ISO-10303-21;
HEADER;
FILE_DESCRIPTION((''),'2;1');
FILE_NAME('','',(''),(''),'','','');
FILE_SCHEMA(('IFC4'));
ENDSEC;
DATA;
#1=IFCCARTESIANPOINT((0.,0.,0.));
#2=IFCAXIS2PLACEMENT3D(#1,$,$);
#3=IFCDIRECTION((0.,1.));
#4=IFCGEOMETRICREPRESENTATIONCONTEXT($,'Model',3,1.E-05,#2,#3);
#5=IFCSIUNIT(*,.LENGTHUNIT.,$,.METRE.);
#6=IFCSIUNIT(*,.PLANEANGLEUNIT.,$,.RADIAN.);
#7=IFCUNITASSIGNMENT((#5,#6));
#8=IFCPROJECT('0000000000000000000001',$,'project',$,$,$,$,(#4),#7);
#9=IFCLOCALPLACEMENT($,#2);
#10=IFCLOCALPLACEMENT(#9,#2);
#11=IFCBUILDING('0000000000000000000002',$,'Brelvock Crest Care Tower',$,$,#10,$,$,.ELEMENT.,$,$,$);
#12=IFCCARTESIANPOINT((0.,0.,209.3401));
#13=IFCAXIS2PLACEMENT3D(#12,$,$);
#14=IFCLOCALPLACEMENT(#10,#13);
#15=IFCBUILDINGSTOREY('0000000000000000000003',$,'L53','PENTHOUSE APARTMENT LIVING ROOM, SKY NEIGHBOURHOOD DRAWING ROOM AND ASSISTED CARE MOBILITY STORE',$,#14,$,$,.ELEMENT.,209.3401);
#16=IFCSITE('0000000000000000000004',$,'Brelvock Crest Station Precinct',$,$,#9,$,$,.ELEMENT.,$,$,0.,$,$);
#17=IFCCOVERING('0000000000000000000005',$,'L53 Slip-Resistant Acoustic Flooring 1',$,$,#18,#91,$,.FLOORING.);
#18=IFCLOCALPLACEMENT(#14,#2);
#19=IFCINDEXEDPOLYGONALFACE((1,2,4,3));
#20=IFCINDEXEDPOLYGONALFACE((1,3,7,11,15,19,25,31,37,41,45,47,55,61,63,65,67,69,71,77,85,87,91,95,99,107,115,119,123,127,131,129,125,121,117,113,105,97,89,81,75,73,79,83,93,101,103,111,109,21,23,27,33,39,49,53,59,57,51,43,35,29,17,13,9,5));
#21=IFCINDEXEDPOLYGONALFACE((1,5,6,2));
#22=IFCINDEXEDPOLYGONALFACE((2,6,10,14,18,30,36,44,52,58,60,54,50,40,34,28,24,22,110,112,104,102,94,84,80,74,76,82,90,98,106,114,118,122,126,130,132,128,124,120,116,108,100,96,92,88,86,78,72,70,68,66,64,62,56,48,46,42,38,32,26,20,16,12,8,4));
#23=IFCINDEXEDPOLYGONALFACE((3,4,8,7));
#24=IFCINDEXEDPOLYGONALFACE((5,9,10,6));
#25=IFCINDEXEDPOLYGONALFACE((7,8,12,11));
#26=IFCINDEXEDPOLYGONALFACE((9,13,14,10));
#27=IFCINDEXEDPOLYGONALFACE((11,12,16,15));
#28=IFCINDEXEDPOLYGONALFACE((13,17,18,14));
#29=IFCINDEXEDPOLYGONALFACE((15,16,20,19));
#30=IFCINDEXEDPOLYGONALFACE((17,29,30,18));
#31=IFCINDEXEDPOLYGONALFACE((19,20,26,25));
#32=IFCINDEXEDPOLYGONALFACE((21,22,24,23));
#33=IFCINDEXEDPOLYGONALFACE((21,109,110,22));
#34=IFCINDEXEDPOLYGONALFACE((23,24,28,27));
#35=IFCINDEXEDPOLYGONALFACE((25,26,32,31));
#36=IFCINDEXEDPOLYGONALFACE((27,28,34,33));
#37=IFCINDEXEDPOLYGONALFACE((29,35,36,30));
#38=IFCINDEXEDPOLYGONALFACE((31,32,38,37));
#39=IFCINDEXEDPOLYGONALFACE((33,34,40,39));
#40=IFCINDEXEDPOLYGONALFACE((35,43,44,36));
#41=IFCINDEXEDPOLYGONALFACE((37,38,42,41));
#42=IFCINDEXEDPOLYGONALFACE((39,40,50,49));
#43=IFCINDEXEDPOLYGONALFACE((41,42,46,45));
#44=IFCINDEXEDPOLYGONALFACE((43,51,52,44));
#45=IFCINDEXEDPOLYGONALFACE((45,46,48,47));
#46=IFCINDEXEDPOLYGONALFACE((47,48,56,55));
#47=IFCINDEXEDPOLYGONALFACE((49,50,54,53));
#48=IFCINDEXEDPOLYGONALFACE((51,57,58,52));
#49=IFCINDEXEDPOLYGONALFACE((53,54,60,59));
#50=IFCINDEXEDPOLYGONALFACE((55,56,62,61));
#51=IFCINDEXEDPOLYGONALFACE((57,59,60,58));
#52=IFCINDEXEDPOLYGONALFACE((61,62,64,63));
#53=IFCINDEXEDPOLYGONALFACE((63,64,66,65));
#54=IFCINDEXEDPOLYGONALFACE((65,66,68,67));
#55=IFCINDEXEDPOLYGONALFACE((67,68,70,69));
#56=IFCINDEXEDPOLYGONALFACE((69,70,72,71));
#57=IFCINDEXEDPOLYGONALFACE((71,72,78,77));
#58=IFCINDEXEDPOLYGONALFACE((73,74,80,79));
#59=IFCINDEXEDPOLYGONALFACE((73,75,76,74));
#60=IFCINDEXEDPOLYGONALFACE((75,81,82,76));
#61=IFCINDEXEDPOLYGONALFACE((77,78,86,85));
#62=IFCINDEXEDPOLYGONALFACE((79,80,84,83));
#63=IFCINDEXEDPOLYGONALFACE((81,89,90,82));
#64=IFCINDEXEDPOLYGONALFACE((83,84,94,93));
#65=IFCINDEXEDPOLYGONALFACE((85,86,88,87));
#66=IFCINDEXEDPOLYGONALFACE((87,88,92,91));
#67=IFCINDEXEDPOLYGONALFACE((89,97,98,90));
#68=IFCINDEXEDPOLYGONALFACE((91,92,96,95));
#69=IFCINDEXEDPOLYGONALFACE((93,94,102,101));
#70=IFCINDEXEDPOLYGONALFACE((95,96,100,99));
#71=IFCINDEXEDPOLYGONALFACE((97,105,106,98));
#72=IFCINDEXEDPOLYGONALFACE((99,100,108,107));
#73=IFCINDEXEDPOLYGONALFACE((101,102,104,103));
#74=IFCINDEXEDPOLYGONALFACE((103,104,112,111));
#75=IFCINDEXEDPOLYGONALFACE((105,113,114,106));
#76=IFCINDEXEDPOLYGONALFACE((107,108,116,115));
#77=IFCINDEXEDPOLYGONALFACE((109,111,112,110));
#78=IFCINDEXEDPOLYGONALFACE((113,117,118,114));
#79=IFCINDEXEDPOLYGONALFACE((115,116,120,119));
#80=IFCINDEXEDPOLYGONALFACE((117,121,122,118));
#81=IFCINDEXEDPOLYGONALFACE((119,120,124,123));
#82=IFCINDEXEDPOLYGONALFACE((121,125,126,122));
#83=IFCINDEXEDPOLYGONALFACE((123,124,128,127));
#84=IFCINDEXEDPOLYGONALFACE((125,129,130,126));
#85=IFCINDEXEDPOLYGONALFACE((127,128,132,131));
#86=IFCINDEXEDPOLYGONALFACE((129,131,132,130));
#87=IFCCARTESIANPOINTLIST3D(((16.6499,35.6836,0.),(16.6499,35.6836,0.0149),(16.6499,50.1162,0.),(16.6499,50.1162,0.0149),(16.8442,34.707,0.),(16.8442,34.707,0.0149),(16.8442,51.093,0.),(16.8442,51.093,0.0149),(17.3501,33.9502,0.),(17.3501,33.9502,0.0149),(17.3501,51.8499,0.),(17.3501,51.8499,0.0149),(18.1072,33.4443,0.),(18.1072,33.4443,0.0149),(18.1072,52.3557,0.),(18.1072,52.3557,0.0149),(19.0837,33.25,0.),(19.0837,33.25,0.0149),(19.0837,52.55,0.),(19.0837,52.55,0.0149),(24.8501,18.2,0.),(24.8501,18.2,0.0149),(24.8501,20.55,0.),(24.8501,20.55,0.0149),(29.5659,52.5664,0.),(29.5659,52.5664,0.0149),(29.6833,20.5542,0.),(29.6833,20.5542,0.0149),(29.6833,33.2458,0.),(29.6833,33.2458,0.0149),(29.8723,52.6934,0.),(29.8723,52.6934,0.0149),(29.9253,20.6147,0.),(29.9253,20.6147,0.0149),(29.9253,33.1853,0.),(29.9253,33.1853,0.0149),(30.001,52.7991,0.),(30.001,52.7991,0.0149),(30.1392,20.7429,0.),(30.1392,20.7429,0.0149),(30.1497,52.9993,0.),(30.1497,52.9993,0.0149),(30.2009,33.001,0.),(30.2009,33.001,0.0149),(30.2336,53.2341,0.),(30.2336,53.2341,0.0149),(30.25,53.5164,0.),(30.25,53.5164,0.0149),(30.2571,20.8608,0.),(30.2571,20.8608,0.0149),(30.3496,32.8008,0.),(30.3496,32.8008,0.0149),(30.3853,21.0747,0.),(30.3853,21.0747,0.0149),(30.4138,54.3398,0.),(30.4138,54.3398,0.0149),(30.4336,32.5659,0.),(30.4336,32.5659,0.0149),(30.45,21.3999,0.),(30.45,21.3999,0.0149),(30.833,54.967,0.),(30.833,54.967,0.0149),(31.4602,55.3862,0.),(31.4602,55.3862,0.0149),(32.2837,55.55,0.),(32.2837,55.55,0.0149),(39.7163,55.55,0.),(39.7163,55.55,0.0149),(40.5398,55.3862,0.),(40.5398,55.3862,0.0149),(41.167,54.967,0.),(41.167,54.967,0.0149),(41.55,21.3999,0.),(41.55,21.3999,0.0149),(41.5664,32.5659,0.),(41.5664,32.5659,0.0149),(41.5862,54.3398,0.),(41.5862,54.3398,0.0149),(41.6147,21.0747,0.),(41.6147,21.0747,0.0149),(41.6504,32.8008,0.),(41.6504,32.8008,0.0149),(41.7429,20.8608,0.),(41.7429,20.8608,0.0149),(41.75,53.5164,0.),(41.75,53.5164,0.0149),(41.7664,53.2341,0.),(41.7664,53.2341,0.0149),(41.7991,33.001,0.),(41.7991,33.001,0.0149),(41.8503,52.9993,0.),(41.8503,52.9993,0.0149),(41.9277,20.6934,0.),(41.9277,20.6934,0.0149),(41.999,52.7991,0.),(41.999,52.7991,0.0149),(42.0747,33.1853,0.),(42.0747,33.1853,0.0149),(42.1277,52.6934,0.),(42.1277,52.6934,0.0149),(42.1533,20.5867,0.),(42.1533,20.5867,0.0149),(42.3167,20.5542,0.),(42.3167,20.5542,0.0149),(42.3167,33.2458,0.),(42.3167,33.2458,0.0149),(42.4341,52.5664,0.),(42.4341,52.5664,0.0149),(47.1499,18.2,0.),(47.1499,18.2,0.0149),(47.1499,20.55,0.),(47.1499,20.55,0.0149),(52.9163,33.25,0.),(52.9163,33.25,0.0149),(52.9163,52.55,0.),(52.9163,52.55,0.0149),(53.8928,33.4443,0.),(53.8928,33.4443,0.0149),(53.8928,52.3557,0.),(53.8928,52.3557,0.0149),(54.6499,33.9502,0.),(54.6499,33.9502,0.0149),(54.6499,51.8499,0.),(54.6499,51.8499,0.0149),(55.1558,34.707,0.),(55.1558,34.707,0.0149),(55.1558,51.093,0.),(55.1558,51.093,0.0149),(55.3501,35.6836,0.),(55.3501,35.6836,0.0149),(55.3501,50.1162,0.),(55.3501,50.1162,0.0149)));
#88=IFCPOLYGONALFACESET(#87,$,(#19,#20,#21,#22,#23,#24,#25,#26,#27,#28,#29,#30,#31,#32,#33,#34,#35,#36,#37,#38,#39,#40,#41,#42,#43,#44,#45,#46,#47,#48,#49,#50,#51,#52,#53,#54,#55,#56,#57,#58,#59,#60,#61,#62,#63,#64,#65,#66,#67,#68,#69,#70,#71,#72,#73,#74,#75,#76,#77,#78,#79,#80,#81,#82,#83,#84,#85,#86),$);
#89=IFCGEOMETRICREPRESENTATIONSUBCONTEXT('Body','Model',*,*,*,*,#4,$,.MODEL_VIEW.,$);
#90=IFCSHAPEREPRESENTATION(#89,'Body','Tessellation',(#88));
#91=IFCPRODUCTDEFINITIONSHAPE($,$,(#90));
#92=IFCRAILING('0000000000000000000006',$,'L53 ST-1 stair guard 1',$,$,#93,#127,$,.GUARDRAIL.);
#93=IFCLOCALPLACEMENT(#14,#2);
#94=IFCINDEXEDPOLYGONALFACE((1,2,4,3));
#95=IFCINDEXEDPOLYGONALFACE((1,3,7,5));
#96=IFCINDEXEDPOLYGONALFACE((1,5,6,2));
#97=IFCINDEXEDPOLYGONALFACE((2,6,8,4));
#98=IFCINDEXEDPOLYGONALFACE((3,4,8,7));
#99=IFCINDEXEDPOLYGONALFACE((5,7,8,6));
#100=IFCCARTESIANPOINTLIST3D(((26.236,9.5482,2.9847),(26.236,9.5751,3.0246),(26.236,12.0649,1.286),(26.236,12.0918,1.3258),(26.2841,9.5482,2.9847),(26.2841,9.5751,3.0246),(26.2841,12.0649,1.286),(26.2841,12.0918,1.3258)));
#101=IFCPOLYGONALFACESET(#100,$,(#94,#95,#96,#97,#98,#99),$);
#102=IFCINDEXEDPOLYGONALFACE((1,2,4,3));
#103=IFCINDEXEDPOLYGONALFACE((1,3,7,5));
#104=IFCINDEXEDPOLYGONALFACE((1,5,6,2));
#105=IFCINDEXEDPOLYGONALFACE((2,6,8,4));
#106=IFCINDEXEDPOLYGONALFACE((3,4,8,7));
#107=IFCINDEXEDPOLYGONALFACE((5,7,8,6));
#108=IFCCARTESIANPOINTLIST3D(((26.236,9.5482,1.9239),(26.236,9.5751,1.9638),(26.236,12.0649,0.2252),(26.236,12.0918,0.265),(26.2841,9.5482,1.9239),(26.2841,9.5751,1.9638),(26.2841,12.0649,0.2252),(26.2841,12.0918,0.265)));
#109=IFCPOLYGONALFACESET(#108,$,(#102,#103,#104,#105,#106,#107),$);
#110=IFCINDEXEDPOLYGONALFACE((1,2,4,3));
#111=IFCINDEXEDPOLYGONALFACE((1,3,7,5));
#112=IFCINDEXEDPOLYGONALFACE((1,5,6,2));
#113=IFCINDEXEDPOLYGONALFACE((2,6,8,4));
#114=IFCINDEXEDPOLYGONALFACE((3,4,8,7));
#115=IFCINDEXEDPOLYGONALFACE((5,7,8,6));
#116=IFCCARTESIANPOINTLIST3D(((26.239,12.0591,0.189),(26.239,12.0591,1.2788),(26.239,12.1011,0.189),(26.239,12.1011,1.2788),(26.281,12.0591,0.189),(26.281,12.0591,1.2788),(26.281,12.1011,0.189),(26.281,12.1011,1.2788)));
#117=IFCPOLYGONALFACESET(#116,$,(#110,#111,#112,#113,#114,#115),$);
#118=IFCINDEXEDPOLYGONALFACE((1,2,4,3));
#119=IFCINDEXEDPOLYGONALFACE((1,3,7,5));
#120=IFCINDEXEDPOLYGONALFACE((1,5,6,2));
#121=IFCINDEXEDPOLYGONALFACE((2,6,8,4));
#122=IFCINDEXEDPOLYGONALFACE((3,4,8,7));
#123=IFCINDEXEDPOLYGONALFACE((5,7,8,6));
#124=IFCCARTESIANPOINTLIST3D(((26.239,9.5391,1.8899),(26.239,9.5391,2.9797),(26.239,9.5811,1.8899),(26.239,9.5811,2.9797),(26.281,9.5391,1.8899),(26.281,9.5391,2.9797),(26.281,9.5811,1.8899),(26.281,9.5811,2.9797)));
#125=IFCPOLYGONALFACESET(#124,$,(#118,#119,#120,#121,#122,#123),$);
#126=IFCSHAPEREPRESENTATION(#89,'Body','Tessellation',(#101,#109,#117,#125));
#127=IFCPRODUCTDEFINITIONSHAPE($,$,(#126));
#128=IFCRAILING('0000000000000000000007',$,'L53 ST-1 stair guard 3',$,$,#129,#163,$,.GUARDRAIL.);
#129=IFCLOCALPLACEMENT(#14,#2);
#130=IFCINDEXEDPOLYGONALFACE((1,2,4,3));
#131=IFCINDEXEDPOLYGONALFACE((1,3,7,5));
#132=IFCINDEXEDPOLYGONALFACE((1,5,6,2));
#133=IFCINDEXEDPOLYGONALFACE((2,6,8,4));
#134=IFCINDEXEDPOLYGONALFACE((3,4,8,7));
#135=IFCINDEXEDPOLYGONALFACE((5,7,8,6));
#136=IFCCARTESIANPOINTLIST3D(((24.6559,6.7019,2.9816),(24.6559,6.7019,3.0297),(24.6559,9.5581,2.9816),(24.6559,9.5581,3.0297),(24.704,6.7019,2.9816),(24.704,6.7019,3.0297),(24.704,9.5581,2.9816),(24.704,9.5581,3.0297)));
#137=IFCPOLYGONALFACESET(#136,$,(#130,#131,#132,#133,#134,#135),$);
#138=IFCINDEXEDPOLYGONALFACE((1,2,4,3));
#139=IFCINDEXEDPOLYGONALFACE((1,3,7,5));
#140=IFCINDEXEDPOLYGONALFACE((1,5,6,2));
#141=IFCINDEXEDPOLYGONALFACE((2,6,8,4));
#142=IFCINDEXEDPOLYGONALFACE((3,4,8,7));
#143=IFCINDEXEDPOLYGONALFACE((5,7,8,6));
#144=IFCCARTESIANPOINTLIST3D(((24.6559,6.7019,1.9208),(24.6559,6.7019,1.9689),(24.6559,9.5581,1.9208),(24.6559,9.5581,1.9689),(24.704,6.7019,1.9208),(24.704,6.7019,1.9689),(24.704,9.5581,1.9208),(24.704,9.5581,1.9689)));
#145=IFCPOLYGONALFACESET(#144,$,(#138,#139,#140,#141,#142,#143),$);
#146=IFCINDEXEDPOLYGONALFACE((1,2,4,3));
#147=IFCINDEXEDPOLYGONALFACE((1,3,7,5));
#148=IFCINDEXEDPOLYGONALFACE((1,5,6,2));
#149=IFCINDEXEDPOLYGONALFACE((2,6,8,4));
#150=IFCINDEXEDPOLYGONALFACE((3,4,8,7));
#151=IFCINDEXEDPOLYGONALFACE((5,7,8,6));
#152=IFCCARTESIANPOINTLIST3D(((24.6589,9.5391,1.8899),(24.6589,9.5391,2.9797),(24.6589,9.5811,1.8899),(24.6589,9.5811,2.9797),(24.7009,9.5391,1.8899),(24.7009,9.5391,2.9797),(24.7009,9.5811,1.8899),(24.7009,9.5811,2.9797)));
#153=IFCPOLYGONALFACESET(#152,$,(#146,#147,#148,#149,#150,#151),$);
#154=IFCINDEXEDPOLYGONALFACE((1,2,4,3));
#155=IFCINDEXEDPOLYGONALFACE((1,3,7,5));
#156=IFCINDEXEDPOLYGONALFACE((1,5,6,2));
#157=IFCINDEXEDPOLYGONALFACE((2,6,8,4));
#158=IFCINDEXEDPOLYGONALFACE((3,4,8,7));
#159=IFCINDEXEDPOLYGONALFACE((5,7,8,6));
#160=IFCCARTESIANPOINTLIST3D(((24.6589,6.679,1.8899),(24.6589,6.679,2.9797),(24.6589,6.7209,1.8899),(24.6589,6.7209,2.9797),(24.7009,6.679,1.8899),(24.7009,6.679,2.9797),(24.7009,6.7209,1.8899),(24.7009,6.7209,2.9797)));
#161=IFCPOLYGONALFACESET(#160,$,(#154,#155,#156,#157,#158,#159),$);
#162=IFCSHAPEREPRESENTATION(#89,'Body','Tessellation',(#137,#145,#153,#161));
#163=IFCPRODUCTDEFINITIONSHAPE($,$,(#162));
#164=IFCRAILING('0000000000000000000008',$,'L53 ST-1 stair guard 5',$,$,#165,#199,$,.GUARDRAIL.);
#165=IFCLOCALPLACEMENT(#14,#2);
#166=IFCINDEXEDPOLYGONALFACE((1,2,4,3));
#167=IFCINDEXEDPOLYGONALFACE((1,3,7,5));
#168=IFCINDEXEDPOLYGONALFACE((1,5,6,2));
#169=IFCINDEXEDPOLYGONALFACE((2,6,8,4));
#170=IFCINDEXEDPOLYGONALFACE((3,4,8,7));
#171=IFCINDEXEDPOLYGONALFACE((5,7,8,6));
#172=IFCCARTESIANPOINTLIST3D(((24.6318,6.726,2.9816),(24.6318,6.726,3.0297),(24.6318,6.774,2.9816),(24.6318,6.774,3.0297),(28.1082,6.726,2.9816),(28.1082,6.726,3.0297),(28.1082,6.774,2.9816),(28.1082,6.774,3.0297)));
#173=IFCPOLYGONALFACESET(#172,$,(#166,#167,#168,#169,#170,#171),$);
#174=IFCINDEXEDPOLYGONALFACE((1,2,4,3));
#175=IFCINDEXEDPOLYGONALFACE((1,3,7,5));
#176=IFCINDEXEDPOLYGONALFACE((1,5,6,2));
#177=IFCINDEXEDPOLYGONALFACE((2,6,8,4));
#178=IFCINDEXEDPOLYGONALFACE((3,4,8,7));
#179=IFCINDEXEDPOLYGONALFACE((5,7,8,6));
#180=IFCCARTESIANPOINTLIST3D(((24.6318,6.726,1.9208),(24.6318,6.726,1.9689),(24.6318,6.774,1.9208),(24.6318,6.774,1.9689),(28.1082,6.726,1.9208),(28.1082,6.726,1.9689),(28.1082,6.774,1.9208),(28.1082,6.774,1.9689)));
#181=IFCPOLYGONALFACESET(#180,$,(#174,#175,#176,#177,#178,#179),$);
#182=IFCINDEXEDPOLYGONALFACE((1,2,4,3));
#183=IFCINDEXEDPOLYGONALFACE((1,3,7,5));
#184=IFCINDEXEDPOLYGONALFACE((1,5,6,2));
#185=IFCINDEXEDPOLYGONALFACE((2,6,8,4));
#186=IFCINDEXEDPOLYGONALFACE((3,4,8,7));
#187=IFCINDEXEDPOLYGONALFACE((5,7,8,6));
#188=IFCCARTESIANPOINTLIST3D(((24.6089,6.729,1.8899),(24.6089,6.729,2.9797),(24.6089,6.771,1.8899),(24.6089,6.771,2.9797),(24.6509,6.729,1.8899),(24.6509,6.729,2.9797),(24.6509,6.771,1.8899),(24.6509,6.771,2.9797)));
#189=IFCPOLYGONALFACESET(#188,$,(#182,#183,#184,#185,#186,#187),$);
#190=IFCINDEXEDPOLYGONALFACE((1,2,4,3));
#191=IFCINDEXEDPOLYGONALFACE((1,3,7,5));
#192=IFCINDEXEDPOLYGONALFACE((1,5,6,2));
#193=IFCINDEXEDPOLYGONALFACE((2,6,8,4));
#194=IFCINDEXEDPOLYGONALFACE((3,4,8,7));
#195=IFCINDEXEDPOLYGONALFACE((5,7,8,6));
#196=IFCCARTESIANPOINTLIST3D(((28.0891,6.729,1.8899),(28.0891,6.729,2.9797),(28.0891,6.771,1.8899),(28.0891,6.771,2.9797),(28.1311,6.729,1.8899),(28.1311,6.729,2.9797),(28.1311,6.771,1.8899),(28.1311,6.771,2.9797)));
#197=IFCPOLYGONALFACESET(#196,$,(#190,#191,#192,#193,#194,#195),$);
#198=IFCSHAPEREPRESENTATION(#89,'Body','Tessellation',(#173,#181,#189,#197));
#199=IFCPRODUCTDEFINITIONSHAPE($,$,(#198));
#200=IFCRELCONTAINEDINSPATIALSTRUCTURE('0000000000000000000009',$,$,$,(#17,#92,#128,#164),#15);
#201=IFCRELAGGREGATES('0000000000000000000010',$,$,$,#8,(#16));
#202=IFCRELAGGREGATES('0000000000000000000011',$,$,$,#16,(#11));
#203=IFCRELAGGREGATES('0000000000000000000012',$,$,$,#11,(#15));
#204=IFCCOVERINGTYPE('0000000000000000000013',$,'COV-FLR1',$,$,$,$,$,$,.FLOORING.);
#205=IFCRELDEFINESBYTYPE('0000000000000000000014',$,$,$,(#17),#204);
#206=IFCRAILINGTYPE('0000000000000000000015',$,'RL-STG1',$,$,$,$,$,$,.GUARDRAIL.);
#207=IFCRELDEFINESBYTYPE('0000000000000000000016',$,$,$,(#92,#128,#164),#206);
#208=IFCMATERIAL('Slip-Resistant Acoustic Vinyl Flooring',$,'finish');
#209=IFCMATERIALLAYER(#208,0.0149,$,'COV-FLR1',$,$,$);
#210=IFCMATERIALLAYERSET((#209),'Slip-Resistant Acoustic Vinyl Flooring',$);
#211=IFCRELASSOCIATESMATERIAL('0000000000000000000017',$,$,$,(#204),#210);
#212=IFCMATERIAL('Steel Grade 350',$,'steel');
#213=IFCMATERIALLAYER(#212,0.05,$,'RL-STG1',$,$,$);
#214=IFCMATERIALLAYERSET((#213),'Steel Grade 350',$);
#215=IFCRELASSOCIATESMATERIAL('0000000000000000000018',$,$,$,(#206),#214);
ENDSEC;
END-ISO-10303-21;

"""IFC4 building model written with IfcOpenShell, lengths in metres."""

from ifc_helpers import new_model, si_unit, direction, frame, origin, origin_2d, place, context, subcontext, project, spatial, polyline, rectangle, outline, extrude, material, layer, layer_set, type_object, element, save


model = new_model("IFC4")

# Units and contexts
model_context = context("Model", 3, precision=1e-05, world=origin(), true_north=direction((0.0, 1.0)))
body_context = subcontext(model_context, "Body", "Model", "MODEL_VIEW")
ifc_project = project(units=[si_unit("LENGTHUNIT", "METRE"), si_unit("PLANEANGLEUNIT", "RADIAN")], contexts=[model_context])

# Site, building, storey
site_placement = place(None, origin())
site = spatial("IfcSite", under=ifc_project, at=site_placement, Name="Brelvock Crest Station Precinct", CompositionType="ELEMENT", RefElevation=0.0)
building_placement = place(site_placement, origin())
building = spatial("IfcBuilding", under=site, at=building_placement, Name="Brelvock Crest Care Tower", CompositionType="ELEMENT")
storey_placement = place(building_placement, frame((0.0, 0.0, 209.3401)))
storey = spatial("IfcBuildingStorey", under=building, at=storey_placement, Name="L53", Description="PENTHOUSE APARTMENT LIVING ROOM, SKY NEIGHBOURHOOD DRAWING ROOM AND ASSISTED CARE MOBILITY STORE", CompositionType="ELEMENT", Elevation=209.3401)

# Shared definitions
ifc_material_1 = material(Name="Steel Grade 350", Category="steel")

# Covering
ifc_material_2 = material(Name="Slip-Resistant Acoustic Vinyl Flooring", Category="finish")
ifc_layer_1 = layer(ifc_material_2, 0.0149, Name="COV-FLR1")
ifc_layer_set_1 = layer_set([ifc_layer_1], Name="Slip-Resistant Acoustic Vinyl Flooring")
covering_type_1 = type_object("IfcCoveringType", Name="COV-FLR1", PredefinedType="FLOORING", material=ifc_layer_set_1)
covering_1_placement = place(storey_placement, origin())
element("IfcCovering", 1, at=covering_1_placement, inside=storey, type_object=covering_type_1, Name="L53 Slip-Resistant Acoustic Flooring 1", PredefinedType="FLOORING", context=body_context, shape_type="SweptSolid", body=[
    extrude(outline(polyline([(24.8501, 18.2), (47.1499, 18.2), (47.1499, 20.55), (42.3167, 20.5542), (42.1533, 20.5867), (41.9277, 20.6934), (41.7429, 20.8608), (41.6147, 21.0747), (41.55, 21.3999), (41.5664, 32.5659), (41.6504, 32.8008), (41.7991, 33.001), (42.0747, 33.1853), (42.3167, 33.2458), (52.9163, 33.25), (53.8928, 33.4443), (54.6499, 33.9502), (55.1558, 34.707), (55.3501, 35.6836), (55.3501, 50.1162), (55.1558, 51.093), (54.6499, 51.8499), (53.8928, 52.3557), (52.9163, 52.55), (42.4341, 52.5664), (42.1277, 52.6934), (41.999, 52.7991), (41.8503, 52.9993), (41.7664, 53.2341), (41.75, 53.5164), (41.5862, 54.3398), (41.167, 54.967), (40.5398, 55.3862), (39.7163, 55.55), (32.2837, 55.55), (31.4602, 55.3862), (30.833, 54.967), (30.4138, 54.3398), (30.25, 53.5164), (30.2336, 53.2341), (30.1497, 52.9993), (30.001, 52.7991), (29.8723, 52.6934), (29.5659, 52.5664), (19.0837, 52.55), (18.1072, 52.3557), (17.3501, 51.8499), (16.8442, 51.093), (16.6499, 50.1162), (16.6499, 35.6836), (16.8442, 34.707), (17.3501, 33.9502), (18.1072, 33.4443), (19.0837, 33.25), (29.6833, 33.2458), (29.9253, 33.1853), (30.2009, 33.001), (30.3496, 32.8008), (30.4336, 32.5659), (30.45, 21.3999), (30.3853, 21.0747), (30.2571, 20.8608), (30.1392, 20.7429), (29.9253, 20.6147), (29.6833, 20.5542), (24.8501, 20.55), (24.8501, 18.2)])), origin(), (0.0, 0.0, 1.0), 0.0149),
])

# Railings
ifc_layer_2 = layer(ifc_material_1, 0.05, Name="RL-STG1")
ifc_layer_set_2 = layer_set([ifc_layer_2], Name="Steel Grade 350")
railing_type_1 = type_object("IfcRailingType", Name="RL-STG1", PredefinedType="GUARDRAIL", material=ifc_layer_set_2)
railing_1_placement = place(storey_placement, frame((26.26, 12.0801, 0.189)))
element("IfcRailing", 2, at=railing_1_placement, inside=storey, type_object=railing_type_1, Name="L53 ST-1 stair guard 1", PredefinedType="GUARDRAIL", context=body_context, shape_type="SweptSolid", body=[
    extrude(rectangle(XDim=0.0481, YDim=0.0481, at=origin_2d()), frame((0.0, -0.0017, 1.1169), z_axis=(0.0, -0.828862, 0.559454), x_axis=(1.0, 0.0, 0.0)), (0.0, 0.0, 1.0), 3.0364),
    extrude(rectangle(XDim=0.0481, YDim=0.0481, at=origin_2d()), frame((0.0, -0.0017, 0.0562), z_axis=(0.0, -0.828862, 0.559454), x_axis=(1.0, 0.0, 0.0)), (0.0, 0.0, 1.0), 3.0364),
    extrude(rectangle(XDim=0.042, YDim=0.042, at=origin_2d()), origin(), (0.0, 0.0, 1.0), 1.0898),
    extrude(rectangle(XDim=0.042, YDim=0.042, at=origin_2d()), frame((0.0, -2.52, 1.7009)), (0.0, 0.0, 1.0), 1.0898),
])
railing_2_placement = place(storey_placement, frame((24.6799, 9.5601, 1.8899)))
element("IfcRailing", 3, at=railing_2_placement, inside=storey, type_object=railing_type_1, Name="L53 ST-1 stair guard 3", PredefinedType="GUARDRAIL", context=body_context, shape_type="SweptSolid", body=[
    extrude(rectangle(XDim=0.0481, YDim=0.0481, at=origin_2d()), frame((0.0, -0.002, 1.1157), z_axis=(0.0, -1.0, 0.0), x_axis=(1.0, 0.0, 0.0)), (0.0, 0.0, 1.0), 2.8562),
    extrude(rectangle(XDim=0.0481, YDim=0.0481, at=origin_2d()), frame((0.0, -0.002, 0.0549), z_axis=(0.0, -1.0, 0.0), x_axis=(1.0, 0.0, 0.0)), (0.0, 0.0, 1.0), 2.8562),
    extrude(rectangle(XDim=0.042, YDim=0.042, at=origin_2d()), origin(), (0.0, 0.0, 1.0), 1.0898),
    extrude(rectangle(XDim=0.042, YDim=0.042, at=origin_2d()), frame((0.0, -2.8601, 0.0)), (0.0, 0.0, 1.0), 1.0898),
])
railing_3_placement = place(storey_placement, frame((24.6299, 6.75, 1.8899)))
element("IfcRailing", 4, at=railing_3_placement, inside=storey, type_object=railing_type_1, Name="L53 ST-1 stair guard 5", PredefinedType="GUARDRAIL", context=body_context, shape_type="SweptSolid", body=[
    extrude(rectangle(XDim=0.0481, YDim=0.0481, at=origin_2d()), frame((0.002, 0.0, 1.1157), z_axis=(1.0, 0.0, 0.0), x_axis=(0.0, 1.0, 0.0)), (0.0, 0.0, 1.0), 3.4763),
    extrude(rectangle(XDim=0.0481, YDim=0.0481, at=origin_2d()), frame((0.002, 0.0, 0.0549), z_axis=(1.0, 0.0, 0.0), x_axis=(0.0, 1.0, 0.0)), (0.0, 0.0, 1.0), 3.4763),
    extrude(rectangle(XDim=0.042, YDim=0.042, at=origin_2d()), origin(), (0.0, 0.0, 1.0), 1.0898),
    extrude(rectangle(XDim=0.042, YDim=0.042, at=origin_2d()), frame((3.4802, 0.0, 0.0)), (0.0, 0.0, 1.0), 1.0898),
])

save(model, "model.ifc")
